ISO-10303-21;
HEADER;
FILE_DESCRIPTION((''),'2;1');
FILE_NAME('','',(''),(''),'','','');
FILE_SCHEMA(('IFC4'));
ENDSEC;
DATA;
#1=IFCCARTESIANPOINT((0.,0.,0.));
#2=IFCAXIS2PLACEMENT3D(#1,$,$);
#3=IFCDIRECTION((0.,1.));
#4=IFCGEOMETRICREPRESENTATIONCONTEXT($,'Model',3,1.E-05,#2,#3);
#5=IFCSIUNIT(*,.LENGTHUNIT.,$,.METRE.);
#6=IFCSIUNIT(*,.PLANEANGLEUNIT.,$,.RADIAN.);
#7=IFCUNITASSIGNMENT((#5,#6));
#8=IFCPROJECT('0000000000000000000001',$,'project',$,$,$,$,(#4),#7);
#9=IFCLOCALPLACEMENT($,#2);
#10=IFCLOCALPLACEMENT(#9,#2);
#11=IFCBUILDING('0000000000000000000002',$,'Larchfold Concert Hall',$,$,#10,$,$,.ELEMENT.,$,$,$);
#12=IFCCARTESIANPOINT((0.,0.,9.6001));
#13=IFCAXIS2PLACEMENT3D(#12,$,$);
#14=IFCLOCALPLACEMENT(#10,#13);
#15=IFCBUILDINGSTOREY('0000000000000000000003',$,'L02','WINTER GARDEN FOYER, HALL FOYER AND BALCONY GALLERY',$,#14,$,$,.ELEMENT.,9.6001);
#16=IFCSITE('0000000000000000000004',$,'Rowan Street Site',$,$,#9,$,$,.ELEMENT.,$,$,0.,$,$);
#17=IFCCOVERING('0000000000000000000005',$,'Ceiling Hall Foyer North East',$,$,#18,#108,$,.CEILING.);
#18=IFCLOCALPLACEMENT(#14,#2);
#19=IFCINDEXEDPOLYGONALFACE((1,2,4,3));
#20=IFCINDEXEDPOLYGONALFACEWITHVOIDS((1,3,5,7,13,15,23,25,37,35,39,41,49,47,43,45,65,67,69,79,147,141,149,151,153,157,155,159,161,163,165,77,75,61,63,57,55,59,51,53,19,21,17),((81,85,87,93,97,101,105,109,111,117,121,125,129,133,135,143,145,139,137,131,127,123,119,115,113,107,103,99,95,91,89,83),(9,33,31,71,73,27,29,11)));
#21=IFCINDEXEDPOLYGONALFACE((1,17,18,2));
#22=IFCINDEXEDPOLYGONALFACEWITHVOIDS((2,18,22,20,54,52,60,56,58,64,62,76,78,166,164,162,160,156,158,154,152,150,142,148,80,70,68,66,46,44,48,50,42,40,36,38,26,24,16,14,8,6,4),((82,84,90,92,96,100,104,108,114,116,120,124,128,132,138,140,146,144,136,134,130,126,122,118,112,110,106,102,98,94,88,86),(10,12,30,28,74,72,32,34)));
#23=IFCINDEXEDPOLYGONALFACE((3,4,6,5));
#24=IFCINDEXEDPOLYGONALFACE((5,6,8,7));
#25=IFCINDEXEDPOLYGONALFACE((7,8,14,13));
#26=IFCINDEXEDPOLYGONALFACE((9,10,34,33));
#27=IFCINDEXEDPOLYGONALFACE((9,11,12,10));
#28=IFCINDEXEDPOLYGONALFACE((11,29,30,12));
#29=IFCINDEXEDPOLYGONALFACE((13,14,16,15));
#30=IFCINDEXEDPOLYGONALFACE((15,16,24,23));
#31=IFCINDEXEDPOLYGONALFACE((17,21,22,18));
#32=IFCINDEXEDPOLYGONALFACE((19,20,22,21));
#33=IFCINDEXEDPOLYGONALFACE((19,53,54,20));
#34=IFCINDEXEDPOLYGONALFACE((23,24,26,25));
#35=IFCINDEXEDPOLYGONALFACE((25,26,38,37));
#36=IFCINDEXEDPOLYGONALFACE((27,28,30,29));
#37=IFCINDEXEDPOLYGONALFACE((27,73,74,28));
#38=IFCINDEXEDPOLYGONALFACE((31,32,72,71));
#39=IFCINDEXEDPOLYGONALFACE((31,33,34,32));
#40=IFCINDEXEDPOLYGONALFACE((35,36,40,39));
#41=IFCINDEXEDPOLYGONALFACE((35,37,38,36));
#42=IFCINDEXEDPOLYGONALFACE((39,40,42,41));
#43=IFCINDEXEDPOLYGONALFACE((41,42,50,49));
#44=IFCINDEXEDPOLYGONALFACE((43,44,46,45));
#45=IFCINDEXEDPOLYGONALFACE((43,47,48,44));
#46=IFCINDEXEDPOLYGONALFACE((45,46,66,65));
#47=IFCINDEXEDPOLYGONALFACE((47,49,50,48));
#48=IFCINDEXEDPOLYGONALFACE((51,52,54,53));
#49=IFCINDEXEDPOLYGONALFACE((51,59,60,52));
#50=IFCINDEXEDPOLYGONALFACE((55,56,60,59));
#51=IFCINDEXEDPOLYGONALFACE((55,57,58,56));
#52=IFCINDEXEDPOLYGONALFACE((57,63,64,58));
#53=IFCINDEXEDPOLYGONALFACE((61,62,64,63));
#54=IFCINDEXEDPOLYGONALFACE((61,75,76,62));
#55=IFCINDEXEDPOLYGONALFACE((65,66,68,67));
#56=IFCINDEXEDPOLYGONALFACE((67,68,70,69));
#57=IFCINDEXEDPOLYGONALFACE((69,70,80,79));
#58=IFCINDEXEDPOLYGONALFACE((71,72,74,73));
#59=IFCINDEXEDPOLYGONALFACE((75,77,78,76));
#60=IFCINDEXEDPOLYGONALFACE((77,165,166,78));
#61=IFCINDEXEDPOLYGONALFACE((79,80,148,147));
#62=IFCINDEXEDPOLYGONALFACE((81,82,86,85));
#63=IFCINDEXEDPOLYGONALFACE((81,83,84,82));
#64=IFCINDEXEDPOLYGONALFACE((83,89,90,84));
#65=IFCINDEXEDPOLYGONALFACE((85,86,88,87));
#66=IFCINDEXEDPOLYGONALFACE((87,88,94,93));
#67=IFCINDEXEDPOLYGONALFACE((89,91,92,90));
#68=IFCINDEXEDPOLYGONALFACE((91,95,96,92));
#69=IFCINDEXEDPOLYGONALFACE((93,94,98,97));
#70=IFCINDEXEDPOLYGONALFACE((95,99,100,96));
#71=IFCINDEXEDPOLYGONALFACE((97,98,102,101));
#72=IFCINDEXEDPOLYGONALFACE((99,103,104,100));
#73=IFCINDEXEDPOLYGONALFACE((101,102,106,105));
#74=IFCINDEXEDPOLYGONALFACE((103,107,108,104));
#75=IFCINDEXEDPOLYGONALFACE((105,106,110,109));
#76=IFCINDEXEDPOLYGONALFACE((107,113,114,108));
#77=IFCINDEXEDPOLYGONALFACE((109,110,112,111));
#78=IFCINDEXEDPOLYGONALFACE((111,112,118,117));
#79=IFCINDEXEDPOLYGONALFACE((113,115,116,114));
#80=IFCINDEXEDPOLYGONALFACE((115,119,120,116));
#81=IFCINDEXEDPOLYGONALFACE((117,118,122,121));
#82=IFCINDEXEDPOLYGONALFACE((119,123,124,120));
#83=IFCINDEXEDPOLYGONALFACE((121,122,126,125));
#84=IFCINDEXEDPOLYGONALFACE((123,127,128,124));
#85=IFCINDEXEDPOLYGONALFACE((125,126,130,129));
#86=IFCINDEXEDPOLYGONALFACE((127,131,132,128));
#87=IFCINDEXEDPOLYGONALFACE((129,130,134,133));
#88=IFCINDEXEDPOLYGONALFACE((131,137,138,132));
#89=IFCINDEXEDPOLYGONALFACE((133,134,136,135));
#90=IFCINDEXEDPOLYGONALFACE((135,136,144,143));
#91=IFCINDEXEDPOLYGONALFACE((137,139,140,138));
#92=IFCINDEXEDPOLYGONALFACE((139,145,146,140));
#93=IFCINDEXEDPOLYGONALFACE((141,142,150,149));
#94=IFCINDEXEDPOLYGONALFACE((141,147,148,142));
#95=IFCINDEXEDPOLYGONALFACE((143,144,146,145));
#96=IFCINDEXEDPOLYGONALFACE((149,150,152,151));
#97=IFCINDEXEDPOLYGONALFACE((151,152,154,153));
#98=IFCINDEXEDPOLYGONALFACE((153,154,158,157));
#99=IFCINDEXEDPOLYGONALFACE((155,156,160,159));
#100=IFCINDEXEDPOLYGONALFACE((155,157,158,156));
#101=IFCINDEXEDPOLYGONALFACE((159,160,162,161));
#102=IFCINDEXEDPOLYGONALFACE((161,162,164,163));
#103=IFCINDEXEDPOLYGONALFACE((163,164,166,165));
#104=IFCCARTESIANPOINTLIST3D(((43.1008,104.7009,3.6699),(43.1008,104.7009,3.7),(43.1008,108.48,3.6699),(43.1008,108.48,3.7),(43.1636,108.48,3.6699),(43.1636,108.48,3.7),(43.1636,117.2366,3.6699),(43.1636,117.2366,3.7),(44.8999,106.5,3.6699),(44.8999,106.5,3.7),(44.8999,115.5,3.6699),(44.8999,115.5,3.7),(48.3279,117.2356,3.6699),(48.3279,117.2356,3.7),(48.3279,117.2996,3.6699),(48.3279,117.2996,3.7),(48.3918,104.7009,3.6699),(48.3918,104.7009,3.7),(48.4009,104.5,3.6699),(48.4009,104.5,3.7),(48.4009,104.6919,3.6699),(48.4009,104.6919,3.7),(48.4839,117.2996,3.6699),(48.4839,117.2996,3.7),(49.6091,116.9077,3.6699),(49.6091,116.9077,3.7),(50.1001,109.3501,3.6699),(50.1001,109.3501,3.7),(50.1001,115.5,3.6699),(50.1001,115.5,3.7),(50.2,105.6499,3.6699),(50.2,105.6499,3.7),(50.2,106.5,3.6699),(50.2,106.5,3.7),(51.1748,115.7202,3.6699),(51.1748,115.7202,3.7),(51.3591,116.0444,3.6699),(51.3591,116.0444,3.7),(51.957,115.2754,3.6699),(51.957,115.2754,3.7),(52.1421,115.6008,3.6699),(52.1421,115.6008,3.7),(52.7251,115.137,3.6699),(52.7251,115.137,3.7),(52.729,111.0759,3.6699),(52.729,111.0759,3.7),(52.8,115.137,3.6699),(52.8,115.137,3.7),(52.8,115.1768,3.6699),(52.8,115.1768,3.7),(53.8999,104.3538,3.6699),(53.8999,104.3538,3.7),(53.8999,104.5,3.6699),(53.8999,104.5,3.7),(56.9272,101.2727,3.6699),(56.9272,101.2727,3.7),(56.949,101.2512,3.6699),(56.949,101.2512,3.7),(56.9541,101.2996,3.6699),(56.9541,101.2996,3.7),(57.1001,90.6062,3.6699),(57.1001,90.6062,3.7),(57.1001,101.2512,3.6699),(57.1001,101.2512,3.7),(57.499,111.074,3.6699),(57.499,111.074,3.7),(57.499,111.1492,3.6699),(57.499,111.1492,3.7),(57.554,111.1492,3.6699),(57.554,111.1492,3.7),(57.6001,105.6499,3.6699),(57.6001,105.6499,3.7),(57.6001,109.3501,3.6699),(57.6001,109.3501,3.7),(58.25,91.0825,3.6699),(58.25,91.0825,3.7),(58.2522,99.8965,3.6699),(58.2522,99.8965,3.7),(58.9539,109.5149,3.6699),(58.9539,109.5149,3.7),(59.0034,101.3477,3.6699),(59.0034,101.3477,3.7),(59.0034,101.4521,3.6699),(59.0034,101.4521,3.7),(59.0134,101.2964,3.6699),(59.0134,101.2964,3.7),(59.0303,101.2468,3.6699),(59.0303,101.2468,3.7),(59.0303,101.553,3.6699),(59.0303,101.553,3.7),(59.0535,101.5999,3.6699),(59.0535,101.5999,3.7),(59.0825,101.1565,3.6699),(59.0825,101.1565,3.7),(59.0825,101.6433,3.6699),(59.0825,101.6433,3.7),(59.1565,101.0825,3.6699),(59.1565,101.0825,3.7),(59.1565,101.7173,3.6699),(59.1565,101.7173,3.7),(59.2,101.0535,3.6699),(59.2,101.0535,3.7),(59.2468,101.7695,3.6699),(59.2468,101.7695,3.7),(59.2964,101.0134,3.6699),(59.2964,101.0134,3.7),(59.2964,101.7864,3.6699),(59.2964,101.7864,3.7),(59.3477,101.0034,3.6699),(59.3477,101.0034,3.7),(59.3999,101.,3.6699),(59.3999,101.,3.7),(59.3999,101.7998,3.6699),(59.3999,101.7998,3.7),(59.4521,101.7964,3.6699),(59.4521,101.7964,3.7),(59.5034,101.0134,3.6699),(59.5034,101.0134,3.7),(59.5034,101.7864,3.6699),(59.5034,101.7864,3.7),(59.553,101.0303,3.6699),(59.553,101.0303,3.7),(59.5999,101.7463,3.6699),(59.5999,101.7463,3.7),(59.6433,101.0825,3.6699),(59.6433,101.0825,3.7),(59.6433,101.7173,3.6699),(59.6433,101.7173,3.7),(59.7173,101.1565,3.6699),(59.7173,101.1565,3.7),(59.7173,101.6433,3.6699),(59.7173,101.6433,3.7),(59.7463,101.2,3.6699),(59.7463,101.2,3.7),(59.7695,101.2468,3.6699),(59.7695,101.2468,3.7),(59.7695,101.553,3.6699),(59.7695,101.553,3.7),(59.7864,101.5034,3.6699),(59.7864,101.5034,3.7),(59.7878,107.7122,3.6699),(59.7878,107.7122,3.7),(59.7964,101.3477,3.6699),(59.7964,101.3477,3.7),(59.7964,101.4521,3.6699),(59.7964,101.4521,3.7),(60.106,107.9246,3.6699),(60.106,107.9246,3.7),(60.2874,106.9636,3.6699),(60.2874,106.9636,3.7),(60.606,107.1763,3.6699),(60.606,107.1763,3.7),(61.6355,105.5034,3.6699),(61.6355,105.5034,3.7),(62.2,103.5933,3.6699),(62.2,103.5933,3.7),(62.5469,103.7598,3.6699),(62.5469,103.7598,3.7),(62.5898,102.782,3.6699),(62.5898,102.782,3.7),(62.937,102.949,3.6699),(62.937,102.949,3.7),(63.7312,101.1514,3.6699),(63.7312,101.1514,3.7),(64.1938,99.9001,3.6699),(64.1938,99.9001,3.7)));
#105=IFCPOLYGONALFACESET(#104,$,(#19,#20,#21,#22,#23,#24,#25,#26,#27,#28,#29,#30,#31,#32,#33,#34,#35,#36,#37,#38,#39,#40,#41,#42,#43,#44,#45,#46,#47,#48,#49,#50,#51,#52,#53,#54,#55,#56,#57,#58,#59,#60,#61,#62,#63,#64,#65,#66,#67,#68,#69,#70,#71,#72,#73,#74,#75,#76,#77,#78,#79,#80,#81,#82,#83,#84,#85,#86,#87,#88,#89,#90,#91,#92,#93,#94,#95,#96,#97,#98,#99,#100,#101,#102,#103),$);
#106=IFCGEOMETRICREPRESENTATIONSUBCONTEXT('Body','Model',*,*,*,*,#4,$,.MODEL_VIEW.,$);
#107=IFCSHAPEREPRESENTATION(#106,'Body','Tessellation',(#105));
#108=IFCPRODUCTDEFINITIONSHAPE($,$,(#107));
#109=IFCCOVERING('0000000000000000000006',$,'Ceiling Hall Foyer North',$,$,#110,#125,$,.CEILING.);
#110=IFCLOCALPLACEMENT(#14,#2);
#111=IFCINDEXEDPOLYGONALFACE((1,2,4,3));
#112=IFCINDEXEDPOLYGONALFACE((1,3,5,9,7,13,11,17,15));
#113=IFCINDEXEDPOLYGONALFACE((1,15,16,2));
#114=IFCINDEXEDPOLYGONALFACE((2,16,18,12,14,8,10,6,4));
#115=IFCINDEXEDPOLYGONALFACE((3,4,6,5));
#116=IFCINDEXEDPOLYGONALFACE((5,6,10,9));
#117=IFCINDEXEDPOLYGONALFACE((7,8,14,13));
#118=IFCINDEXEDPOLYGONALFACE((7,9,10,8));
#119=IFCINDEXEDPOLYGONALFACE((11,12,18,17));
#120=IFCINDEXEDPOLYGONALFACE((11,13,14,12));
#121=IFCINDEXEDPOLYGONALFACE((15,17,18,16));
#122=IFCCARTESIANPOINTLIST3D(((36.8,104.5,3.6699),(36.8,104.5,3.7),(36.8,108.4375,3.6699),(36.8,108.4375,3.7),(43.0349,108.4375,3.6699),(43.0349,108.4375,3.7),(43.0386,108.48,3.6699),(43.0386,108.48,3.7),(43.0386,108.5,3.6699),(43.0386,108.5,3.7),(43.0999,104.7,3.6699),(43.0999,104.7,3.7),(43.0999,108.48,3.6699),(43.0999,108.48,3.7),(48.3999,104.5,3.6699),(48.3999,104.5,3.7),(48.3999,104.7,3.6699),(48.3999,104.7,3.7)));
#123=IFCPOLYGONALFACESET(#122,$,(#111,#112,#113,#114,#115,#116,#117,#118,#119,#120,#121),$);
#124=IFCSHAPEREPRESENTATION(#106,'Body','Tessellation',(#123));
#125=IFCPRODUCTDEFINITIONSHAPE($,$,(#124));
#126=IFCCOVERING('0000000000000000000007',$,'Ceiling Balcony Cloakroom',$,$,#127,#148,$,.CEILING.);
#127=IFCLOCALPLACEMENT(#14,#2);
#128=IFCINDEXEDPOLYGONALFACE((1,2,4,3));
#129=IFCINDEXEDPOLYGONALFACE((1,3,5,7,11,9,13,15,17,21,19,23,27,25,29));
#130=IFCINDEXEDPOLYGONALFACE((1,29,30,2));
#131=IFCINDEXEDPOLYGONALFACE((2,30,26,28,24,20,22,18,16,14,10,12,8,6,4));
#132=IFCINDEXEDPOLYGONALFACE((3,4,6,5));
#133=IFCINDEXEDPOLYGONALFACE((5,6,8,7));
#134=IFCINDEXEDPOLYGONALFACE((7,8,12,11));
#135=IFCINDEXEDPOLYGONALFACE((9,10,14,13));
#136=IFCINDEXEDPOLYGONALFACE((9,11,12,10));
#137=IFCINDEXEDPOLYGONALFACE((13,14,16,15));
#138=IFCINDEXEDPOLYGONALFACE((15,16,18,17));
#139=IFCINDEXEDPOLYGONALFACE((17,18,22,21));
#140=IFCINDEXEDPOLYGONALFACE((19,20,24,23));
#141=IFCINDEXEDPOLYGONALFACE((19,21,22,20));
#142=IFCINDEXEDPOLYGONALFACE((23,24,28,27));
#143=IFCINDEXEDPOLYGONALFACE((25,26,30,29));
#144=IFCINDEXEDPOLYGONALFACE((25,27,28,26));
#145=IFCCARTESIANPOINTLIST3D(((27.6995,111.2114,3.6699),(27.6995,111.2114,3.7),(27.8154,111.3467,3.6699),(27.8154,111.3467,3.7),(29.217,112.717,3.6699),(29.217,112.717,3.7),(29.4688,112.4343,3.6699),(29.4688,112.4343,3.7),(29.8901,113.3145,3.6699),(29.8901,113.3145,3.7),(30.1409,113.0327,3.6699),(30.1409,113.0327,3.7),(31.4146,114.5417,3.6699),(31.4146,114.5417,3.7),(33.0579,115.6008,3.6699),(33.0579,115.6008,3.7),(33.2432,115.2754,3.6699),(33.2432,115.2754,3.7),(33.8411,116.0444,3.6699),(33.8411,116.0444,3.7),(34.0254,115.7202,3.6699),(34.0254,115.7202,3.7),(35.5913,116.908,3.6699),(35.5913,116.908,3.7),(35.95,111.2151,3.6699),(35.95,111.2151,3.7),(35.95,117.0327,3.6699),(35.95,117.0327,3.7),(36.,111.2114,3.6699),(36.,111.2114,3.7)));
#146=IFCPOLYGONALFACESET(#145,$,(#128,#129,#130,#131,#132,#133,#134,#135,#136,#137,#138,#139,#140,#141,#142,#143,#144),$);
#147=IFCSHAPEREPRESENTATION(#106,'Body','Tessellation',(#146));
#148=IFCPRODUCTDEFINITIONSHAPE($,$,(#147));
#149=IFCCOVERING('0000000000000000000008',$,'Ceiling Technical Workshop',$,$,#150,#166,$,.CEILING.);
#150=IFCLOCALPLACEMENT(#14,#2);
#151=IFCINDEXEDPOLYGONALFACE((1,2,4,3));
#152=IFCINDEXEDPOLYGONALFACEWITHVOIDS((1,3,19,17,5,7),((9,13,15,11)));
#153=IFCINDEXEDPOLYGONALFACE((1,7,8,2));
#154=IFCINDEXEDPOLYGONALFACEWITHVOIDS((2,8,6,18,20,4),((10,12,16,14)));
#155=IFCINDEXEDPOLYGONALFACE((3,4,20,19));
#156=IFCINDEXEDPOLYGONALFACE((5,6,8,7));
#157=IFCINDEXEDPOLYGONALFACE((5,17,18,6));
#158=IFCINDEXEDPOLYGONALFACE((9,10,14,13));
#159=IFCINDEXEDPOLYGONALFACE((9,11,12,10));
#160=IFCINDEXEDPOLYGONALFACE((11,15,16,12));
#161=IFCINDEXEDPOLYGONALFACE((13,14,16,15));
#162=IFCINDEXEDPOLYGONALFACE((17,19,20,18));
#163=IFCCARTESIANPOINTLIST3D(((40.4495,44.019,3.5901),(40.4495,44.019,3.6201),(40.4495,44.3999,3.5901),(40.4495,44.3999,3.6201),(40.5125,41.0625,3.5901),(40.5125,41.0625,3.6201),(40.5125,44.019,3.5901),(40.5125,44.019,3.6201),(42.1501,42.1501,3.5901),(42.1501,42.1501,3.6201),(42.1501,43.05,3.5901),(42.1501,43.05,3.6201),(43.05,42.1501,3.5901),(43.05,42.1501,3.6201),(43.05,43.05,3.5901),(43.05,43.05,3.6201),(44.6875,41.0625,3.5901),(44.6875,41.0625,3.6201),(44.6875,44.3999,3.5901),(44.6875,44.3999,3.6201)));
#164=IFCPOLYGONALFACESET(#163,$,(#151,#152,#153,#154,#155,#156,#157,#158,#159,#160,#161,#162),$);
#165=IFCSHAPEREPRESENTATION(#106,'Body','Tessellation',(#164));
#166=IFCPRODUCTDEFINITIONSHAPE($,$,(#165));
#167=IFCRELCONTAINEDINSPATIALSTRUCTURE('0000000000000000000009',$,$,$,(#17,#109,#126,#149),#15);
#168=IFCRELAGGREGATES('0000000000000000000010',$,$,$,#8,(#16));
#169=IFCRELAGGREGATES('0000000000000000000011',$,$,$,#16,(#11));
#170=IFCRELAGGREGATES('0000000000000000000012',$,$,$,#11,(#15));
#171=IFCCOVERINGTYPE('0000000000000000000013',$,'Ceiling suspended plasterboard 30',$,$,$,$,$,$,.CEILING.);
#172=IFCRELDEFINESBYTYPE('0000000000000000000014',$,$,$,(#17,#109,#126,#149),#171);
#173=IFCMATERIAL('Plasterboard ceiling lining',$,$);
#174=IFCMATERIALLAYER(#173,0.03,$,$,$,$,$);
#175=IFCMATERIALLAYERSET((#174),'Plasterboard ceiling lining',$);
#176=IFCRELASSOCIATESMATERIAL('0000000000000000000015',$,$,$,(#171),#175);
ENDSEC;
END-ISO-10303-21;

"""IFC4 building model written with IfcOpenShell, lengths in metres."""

from ifc_helpers import new_model, si_unit, direction, frame, origin, place, context, subcontext, project, spatial, polyline, outline, extrude, material, layer, layer_set, type_object, element, save


model = new_model("IFC4")

# Units and contexts
model_context = context("Model", 3, precision=1e-05, world=origin(), true_north=direction((0.0, 1.0)))
body_context = subcontext(model_context, "Body", "Model", "MODEL_VIEW")
ifc_project = project(units=[si_unit("LENGTHUNIT", "METRE"), si_unit("PLANEANGLEUNIT", "RADIAN")], contexts=[model_context])

# Site, building, storey
site_placement = place(None, origin())
site = spatial("IfcSite", under=ifc_project, at=site_placement, Name="Rowan Street Site", CompositionType="ELEMENT", RefElevation=0.0)
building_placement = place(site_placement, origin())
building = spatial("IfcBuilding", under=site, at=building_placement, Name="Larchfold Concert Hall", CompositionType="ELEMENT")
storey_placement = place(building_placement, frame((0.0, 0.0, 9.6001)))
storey = spatial("IfcBuildingStorey", under=building, at=storey_placement, Name="L02", Description="WINTER GARDEN FOYER, HALL FOYER AND BALCONY GALLERY", CompositionType="ELEMENT", Elevation=9.6001)

# Coverings
ifc_material_1 = material(Name="Plasterboard ceiling lining")
ifc_layer_1 = layer(ifc_material_1, 0.03)
ifc_layer_set_1 = layer_set([ifc_layer_1], Name="Plasterboard ceiling lining")
covering_type_1 = type_object("IfcCoveringType", Name="Ceiling suspended plasterboard 30", PredefinedType="CEILING", material=ifc_layer_set_1)
covering_1_placement = place(storey_placement, frame((0.0, 0.0, 3.6699)))
element("IfcCovering", 1, at=covering_1_placement, inside=storey, type_object=covering_type_1, Name="Ceiling Hall Foyer North East", PredefinedType="CEILING", context=body_context, shape_type="SweptSolid", body=[
    extrude(outline(polyline([(43.1636, 108.48), (43.1008, 108.48), (43.1008, 104.7009), (48.3918, 104.7009), (48.4009, 104.6919), (48.4009, 104.5), (53.8999, 104.5), (53.8999, 104.3538), (56.9541, 101.2996), (56.9272, 101.2727), (56.949, 101.2512), (57.1001, 101.2512), (57.1001, 90.6062), (58.25, 91.0825), (58.2522, 99.8965), (64.1938, 99.9001), (63.7312, 101.1514), (62.937, 102.949), (62.5898, 102.782), (62.2, 103.5933), (62.5469, 103.7598), (61.6355, 105.5034), (60.606, 107.1763), (60.2874, 106.9636), (59.7878, 107.7122), (60.106, 107.9246), (58.9539, 109.5149), (57.554, 111.1492), (57.499, 111.1492), (57.499, 111.074), (52.729, 111.0759), (52.7251, 115.137), (52.8, 115.137), (52.8, 115.1768), (52.1421, 115.6008), (51.957, 115.2754), (51.1748, 115.7202), (51.3591, 116.0444), (49.6091, 116.9077), (48.4839, 117.2996), (48.3279, 117.2996), (48.3279, 117.2356), (43.1636, 117.2366), (43.1636, 108.48)]), holes=[polyline([(59.2964, 101.0134), (59.2, 101.0535), (59.1565, 101.0825), (59.0825, 101.1565), (59.0303, 101.2468), (59.0134, 101.2964), (59.0034, 101.3477), (59.0034, 101.4521), (59.0303, 101.553), (59.0535, 101.5999), (59.0825, 101.6433), (59.1565, 101.7173), (59.2468, 101.7695), (59.2964, 101.7864), (59.3999, 101.7998), (59.4521, 101.7964), (59.5034, 101.7864), (59.5999, 101.7463), (59.6433, 101.7173), (59.7173, 101.6433), (59.7695, 101.553), (59.7864, 101.5034), (59.7964, 101.4521), (59.7964, 101.3477), (59.7695, 101.2468), (59.7463, 101.2), (59.7173, 101.1565), (59.6433, 101.0825), (59.553, 101.0303), (59.5034, 101.0134), (59.3999, 101.0), (59.3477, 101.0034), (59.2964, 101.0134)]), polyline([(50.1001, 109.3501), (57.6001, 109.3501), (57.6001, 105.6499), (50.2, 105.6499), (50.2, 106.5), (44.8999, 106.5), (44.8999, 115.5), (50.1001, 115.5), (50.1001, 109.3501)])]), origin(), (0.0, 0.0, 1.0), 0.03),
])
covering_2_placement = place(storey_placement, frame((0.0, 0.0, 3.6699)))
element("IfcCovering", 2, at=covering_2_placement, inside=storey, type_object=covering_type_1, Name="Ceiling Hall Foyer North", PredefinedType="CEILING", context=body_context, shape_type="SweptSolid", body=[
    extrude(outline(polyline([(43.0386, 108.5), (43.0349, 108.4375), (36.8, 108.4375), (36.8, 104.5), (48.3999, 104.5), (48.3999, 104.7), (43.0999, 104.7), (43.0999, 108.48), (43.0386, 108.48), (43.0386, 108.5)])), origin(), (0.0, 0.0, 1.0), 0.03),
])
covering_3_placement = place(storey_placement, frame((0.0, 0.0, 3.6699)))
element("IfcCovering", 3, at=covering_3_placement, inside=storey, type_object=covering_type_1, Name="Ceiling Balcony Cloakroom", PredefinedType="CEILING", context=body_context, shape_type="SweptSolid", body=[
    extrude(outline(polyline([(27.8154, 111.3467), (27.6995, 111.2114), (36.0, 111.2114), (35.95, 111.2151), (35.95, 117.0327), (35.5913, 116.908), (33.8411, 116.0444), (34.0254, 115.7202), (33.2432, 115.2754), (33.0579, 115.6008), (31.4146, 114.5417), (29.8901, 113.3145), (30.1409, 113.0327), (29.4688, 112.4343), (29.217, 112.717), (27.8154, 111.3467)])), origin(), (0.0, 0.0, 1.0), 0.03),
])
covering_4_placement = place(storey_placement, frame((0.0, 0.0, 3.5901)))
element("IfcCovering", 4, at=covering_4_placement, inside=storey, type_object=covering_type_1, Name="Ceiling Technical Workshop", PredefinedType="CEILING", context=body_context, shape_type="SweptSolid", body=[
    extrude(outline(polyline([(40.4495, 44.3999), (40.4495, 44.019), (40.5125, 44.019), (40.5125, 41.0625), (44.6875, 41.0625), (44.6875, 44.3999), (40.4495, 44.3999)]), holes=[polyline([(43.05, 42.1501), (42.1501, 42.1501), (42.1501, 43.05), (43.05, 43.05), (43.05, 42.1501)])]), origin(), (0.0, 0.0, 1.0), 0.03),
])

save(model, "model.ifc")
